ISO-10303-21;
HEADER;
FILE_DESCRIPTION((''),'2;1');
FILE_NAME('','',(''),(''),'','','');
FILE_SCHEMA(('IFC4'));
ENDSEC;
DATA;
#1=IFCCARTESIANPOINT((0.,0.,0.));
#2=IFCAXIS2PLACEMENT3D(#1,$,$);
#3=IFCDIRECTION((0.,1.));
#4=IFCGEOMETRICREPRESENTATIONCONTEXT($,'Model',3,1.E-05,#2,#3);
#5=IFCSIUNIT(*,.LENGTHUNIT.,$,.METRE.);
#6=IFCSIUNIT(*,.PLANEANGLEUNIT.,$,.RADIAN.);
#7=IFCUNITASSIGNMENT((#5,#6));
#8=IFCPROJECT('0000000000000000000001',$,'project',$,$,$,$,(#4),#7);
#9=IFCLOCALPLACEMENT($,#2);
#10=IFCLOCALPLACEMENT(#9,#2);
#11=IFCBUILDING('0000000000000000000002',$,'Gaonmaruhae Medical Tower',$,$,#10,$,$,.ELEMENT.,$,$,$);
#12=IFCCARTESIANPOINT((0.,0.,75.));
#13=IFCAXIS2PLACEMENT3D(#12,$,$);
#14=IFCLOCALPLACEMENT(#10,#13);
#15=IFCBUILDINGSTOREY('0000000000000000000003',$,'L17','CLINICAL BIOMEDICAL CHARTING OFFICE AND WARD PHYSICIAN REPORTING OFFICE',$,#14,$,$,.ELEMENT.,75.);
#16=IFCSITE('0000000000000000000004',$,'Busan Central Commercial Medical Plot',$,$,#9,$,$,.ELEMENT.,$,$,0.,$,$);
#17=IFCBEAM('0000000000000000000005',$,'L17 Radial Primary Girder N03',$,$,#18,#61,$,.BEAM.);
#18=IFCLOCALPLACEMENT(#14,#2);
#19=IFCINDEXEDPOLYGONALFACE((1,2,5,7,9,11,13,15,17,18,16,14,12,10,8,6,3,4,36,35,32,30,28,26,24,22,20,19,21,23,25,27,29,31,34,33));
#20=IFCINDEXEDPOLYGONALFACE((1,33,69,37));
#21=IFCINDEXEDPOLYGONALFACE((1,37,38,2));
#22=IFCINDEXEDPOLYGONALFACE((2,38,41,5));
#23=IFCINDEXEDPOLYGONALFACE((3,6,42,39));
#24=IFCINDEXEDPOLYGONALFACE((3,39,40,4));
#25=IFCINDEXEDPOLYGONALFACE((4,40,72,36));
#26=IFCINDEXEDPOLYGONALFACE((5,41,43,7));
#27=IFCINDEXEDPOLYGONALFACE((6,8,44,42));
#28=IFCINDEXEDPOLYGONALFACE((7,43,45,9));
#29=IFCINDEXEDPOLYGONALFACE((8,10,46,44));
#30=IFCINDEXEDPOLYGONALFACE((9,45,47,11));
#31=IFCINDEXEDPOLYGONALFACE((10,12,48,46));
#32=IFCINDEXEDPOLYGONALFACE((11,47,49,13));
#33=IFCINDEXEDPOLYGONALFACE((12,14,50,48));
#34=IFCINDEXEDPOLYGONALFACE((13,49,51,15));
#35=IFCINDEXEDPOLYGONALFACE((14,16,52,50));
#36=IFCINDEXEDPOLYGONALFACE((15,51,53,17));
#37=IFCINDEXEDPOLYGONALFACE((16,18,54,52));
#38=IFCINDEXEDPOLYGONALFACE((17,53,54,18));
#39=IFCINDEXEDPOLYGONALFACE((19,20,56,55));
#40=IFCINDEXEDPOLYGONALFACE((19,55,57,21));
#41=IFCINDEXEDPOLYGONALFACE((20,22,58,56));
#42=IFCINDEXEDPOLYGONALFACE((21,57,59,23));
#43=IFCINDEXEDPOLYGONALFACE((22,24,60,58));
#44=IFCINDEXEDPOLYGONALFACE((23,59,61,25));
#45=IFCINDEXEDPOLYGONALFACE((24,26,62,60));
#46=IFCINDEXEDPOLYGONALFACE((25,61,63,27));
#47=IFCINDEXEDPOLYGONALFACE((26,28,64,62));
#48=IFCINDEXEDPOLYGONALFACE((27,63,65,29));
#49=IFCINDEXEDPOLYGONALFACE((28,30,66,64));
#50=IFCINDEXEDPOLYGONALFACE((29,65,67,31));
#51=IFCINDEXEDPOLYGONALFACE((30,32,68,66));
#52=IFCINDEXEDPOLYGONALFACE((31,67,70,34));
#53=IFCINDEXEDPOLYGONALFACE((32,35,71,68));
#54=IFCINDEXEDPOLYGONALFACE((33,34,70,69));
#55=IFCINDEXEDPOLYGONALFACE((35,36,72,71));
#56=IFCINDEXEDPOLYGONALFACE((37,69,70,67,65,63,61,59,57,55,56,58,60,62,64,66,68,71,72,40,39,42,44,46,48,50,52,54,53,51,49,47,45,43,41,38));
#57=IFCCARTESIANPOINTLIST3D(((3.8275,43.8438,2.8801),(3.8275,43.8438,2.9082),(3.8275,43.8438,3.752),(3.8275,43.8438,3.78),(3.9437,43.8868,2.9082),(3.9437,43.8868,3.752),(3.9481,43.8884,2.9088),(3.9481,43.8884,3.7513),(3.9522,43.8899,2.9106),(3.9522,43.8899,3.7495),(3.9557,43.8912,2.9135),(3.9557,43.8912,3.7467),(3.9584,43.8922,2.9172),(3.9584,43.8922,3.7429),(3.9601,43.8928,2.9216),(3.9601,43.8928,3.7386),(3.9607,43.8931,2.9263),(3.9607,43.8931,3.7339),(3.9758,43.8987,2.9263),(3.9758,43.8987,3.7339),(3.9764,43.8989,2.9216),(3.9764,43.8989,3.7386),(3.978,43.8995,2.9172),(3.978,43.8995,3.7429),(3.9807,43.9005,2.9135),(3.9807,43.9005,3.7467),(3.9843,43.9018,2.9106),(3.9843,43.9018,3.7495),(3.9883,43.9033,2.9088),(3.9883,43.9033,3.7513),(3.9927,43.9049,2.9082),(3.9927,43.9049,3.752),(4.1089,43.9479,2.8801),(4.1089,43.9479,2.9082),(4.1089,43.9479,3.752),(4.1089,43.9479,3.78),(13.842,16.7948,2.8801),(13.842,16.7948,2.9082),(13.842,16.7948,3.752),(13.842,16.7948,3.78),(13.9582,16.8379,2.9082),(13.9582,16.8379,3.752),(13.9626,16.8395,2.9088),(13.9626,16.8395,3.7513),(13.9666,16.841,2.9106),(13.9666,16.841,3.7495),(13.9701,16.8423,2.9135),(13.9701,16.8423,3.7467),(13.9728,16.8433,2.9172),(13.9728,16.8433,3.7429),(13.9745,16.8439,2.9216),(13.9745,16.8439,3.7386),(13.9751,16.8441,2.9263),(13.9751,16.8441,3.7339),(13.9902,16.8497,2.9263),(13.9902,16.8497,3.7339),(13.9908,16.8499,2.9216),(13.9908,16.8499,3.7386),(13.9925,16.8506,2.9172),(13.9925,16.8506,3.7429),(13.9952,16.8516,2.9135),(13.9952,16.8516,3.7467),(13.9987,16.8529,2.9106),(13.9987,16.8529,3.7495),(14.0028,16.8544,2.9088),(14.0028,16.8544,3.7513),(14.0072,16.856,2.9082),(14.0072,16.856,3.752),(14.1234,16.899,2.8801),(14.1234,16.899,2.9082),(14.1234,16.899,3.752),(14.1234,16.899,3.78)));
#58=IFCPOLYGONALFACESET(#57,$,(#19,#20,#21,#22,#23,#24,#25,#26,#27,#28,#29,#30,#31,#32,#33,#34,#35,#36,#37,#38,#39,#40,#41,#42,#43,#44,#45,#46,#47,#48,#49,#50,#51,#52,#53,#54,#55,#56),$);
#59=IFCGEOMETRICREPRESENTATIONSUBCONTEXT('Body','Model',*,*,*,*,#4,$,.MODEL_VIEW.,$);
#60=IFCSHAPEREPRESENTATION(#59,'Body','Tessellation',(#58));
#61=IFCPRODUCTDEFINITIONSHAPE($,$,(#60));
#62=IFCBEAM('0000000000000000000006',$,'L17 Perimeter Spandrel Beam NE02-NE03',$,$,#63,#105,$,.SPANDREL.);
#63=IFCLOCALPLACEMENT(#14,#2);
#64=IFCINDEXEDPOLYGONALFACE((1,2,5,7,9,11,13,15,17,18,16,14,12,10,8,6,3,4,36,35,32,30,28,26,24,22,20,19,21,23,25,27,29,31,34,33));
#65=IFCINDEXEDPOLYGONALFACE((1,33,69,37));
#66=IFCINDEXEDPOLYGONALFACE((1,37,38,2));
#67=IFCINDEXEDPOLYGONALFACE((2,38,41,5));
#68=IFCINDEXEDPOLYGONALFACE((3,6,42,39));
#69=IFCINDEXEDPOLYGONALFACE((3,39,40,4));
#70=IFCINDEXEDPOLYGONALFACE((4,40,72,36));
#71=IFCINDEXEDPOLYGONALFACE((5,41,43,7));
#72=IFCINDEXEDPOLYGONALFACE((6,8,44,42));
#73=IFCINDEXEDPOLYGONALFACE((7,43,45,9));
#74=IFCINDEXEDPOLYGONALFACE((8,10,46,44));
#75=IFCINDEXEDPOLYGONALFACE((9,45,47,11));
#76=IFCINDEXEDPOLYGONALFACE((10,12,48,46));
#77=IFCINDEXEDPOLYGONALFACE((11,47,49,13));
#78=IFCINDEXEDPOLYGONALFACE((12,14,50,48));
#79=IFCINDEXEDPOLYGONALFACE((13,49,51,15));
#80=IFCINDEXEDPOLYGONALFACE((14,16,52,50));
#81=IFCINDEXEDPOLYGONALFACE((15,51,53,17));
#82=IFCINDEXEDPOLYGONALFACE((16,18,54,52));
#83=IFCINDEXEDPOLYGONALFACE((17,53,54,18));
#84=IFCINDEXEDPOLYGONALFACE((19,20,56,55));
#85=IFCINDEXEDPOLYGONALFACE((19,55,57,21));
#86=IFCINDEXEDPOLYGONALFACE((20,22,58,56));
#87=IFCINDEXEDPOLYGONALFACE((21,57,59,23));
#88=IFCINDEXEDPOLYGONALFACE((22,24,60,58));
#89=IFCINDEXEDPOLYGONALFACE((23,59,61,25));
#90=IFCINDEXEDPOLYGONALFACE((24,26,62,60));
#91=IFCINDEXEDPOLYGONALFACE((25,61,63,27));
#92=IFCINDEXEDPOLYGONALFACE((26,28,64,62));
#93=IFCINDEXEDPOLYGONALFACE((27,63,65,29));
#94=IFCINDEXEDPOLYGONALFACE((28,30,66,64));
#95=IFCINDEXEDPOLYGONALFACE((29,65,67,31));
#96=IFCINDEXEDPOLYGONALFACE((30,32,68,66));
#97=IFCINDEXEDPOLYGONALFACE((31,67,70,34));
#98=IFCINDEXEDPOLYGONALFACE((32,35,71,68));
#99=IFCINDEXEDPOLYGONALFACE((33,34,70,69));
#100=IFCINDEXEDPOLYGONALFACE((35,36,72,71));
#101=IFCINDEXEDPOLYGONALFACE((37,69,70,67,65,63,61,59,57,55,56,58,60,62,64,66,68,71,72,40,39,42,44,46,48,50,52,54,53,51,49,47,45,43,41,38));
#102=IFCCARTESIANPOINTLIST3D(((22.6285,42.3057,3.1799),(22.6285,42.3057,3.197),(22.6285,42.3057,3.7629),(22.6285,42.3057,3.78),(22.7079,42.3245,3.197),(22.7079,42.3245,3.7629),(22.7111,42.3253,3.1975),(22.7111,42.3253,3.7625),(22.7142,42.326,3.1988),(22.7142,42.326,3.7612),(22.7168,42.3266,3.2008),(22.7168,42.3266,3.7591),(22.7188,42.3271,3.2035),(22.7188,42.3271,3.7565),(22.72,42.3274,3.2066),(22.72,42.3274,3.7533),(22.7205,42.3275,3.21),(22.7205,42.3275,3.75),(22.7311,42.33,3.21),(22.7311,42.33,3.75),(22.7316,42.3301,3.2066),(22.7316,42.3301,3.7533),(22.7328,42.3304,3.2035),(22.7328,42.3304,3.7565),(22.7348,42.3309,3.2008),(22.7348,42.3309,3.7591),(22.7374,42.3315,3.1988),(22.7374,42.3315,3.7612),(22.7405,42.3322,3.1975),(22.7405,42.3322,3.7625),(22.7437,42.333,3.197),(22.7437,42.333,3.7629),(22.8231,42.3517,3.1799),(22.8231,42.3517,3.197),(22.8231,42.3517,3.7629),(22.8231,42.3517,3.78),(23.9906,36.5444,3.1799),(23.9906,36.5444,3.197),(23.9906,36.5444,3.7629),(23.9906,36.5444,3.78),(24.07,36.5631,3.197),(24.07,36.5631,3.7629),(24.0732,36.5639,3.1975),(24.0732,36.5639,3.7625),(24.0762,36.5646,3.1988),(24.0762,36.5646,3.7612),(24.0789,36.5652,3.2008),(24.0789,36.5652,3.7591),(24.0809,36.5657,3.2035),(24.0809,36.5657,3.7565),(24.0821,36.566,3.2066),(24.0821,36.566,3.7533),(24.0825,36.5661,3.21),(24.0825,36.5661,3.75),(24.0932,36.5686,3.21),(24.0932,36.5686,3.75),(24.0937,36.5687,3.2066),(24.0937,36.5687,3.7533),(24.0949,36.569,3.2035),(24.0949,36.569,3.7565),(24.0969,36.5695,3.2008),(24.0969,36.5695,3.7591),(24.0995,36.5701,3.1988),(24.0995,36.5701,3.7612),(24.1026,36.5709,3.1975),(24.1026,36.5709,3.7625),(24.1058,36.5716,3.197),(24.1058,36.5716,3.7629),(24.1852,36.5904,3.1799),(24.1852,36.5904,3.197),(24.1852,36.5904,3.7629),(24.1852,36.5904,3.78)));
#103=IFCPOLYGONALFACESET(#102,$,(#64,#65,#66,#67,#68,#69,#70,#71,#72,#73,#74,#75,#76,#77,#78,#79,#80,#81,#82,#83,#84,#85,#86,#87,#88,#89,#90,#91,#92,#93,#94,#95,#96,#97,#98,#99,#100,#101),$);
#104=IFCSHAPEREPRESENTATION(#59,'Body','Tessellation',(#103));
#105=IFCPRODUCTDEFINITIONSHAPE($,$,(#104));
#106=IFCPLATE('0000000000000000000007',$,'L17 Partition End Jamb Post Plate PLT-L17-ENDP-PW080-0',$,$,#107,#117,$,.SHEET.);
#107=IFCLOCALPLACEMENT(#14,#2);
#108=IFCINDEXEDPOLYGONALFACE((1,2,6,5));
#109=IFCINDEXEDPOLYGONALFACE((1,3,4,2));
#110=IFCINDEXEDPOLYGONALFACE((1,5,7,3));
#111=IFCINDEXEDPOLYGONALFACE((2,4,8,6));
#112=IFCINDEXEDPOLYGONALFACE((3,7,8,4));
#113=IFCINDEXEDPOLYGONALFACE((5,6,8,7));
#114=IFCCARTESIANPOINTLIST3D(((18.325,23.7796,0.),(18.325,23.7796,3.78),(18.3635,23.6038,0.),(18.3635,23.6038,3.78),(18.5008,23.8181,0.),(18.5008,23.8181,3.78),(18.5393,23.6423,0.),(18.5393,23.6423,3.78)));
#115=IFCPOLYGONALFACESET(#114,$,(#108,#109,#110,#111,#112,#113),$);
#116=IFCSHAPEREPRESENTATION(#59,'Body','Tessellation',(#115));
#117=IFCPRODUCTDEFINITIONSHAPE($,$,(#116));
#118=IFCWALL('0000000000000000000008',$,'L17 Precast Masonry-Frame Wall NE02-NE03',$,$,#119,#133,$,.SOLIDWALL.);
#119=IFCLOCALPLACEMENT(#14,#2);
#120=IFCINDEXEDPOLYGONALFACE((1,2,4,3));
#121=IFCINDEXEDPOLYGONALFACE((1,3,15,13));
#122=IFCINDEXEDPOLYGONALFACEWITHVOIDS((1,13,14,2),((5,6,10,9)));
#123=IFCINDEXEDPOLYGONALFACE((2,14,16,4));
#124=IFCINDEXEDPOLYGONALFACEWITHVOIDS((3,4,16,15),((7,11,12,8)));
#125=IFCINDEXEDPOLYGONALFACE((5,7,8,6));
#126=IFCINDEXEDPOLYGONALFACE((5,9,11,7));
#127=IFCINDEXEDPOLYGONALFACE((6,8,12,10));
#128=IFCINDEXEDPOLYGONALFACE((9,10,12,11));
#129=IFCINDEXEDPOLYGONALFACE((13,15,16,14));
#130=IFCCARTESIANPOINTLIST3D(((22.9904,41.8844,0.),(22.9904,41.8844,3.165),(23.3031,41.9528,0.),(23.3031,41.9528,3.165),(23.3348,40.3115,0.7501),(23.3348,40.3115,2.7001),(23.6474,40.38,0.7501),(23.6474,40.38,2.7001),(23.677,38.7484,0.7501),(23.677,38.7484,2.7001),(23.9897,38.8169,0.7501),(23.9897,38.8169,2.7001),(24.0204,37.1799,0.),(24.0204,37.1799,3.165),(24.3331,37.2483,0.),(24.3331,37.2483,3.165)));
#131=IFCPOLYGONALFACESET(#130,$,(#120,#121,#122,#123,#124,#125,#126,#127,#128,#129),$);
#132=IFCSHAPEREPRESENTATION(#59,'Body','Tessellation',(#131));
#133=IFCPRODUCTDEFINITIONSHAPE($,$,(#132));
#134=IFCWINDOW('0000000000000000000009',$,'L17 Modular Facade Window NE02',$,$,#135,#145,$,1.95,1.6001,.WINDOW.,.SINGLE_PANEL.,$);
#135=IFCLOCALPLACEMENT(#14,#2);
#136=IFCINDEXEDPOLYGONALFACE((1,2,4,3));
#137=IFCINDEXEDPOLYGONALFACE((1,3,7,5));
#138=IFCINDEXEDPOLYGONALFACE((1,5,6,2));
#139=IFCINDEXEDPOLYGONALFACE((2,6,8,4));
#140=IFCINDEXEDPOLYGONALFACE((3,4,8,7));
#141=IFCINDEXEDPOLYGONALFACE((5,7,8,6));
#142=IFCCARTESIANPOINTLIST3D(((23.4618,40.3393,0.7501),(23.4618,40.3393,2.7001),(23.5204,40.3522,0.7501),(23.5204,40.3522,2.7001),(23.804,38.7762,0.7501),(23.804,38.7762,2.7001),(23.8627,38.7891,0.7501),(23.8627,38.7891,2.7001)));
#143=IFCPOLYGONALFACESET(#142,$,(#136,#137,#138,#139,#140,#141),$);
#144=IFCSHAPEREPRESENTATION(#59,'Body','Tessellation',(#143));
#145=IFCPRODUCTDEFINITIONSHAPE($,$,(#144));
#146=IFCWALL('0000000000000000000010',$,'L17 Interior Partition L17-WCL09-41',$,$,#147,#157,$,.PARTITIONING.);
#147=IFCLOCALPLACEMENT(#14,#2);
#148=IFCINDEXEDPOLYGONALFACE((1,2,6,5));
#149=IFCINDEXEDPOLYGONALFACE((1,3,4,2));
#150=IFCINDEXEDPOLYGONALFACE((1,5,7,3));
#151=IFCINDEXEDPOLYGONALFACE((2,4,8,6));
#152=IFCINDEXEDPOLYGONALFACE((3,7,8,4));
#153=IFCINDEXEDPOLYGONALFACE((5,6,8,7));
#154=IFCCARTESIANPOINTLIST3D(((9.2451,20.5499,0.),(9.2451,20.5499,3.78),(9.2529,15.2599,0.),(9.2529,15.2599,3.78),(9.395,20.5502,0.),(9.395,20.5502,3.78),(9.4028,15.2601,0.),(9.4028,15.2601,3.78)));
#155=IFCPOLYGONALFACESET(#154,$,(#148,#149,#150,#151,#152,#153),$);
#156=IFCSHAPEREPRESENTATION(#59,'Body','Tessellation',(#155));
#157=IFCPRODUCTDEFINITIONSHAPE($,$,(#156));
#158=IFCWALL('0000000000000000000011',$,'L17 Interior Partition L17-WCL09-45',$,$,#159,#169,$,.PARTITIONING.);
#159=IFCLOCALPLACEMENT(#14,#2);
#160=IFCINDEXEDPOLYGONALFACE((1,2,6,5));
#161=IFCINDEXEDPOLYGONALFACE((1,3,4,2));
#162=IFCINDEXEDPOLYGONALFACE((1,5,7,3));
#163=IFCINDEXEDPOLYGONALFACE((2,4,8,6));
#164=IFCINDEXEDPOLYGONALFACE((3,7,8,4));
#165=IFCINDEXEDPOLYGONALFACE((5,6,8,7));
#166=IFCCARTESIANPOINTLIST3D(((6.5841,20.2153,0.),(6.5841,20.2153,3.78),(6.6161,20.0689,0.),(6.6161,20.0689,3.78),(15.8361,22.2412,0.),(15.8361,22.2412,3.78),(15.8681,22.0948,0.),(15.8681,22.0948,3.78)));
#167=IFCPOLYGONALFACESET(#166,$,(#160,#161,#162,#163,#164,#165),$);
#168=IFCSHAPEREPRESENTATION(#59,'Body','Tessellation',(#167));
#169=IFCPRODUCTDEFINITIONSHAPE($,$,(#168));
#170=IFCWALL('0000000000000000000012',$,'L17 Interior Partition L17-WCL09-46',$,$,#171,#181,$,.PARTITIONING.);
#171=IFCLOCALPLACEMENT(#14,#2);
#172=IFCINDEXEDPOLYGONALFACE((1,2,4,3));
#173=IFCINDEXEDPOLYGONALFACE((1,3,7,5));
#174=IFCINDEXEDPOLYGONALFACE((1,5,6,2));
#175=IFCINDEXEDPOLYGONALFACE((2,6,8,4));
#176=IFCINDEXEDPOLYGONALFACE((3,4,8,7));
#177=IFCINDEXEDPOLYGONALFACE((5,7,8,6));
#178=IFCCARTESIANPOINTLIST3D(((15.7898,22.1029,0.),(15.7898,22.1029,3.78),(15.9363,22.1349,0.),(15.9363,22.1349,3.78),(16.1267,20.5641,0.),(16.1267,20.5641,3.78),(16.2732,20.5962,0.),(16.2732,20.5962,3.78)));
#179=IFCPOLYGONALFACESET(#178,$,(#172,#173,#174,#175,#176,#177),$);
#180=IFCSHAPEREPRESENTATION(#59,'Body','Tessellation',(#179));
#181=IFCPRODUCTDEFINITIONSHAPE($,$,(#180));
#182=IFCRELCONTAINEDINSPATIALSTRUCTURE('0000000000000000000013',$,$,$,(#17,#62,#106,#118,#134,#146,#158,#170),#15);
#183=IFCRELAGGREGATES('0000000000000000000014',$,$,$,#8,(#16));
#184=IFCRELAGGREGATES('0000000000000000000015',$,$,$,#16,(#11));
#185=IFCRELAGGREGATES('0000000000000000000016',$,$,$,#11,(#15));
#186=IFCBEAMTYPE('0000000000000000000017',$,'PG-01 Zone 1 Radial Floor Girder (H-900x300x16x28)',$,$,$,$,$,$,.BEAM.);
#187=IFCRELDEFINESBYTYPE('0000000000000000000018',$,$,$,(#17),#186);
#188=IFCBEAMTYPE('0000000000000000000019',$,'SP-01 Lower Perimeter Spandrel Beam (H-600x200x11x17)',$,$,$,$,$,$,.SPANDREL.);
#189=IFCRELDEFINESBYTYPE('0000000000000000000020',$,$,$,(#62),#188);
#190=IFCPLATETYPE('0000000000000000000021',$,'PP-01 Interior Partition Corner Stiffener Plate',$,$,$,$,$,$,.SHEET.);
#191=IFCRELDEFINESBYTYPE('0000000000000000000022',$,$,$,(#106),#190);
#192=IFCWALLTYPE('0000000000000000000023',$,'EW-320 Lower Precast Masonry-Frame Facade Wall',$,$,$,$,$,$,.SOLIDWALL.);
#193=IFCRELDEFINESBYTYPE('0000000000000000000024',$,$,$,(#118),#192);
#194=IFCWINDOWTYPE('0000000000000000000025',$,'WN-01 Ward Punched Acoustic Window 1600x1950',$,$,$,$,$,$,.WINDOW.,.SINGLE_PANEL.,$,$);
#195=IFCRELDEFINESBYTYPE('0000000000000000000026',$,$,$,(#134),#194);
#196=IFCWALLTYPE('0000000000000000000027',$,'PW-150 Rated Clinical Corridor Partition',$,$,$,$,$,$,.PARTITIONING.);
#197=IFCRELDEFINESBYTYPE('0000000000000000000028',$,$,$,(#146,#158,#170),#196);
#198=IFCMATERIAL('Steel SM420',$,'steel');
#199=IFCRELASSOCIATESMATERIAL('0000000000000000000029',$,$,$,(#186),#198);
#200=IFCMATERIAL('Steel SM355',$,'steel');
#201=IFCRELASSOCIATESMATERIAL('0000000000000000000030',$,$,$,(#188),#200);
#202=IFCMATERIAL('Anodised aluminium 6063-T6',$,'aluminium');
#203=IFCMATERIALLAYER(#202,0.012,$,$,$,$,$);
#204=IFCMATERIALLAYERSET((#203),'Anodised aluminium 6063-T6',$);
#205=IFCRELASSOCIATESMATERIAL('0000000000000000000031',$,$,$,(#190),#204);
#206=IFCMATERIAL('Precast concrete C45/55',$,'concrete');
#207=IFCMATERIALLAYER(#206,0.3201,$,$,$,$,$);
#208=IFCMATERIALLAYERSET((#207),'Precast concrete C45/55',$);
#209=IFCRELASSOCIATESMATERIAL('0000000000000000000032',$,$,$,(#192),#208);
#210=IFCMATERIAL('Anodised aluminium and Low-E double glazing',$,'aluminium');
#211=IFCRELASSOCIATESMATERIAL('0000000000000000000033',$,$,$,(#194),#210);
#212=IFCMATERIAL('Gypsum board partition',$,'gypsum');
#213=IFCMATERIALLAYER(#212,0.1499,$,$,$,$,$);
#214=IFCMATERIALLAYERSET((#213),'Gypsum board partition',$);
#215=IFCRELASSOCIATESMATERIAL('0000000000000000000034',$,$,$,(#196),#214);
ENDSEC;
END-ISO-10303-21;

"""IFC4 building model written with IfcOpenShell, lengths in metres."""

from ifc_helpers import new_model, si_unit, direction, frame, frame_2d, origin, origin_2d, place, context, subcontext, project, spatial, rectangle, i_section, extrude, material, layer, layer_set, material_profile, profile_set, type_object, element, fill, save


model = new_model("IFC4")

# Units and contexts
model_context = context("Model", 3, precision=1e-05, world=origin(), true_north=direction((0.0, 1.0)))
body_context = subcontext(model_context, "Body", "Model", "MODEL_VIEW")
ifc_project = project(units=[si_unit("LENGTHUNIT", "METRE"), si_unit("PLANEANGLEUNIT", "RADIAN")], contexts=[model_context])

# Site, building, storey
site_placement = place(None, origin())
site = spatial("IfcSite", under=ifc_project, at=site_placement, Name="Busan Central Commercial Medical Plot", CompositionType="ELEMENT", RefElevation=0.0)
building_placement = place(site_placement, origin())
building = spatial("IfcBuilding", under=site, at=building_placement, Name="Gaonmaruhae Medical Tower", CompositionType="ELEMENT")
storey_placement = place(building_placement, frame((0.0, 0.0, 75.0)))
storey = spatial("IfcBuildingStorey", under=building, at=storey_placement, Name="L17", Description="CLINICAL BIOMEDICAL CHARTING OFFICE AND WARD PHYSICIAN REPORTING OFFICE", CompositionType="ELEMENT", Elevation=75.0)

# Beams
ifc_material_1 = material(Name="Steel SM355", Category="steel")
ifc_material_2 = material(Name="Steel SM420", Category="steel")
ifc_material_profile_1 = material_profile(ifc_material_2, i_section(OverallWidth=0.3, OverallDepth=0.8999, WebThickness=0.0161, FlangeThickness=0.0281, FilletRadius=0.0181, at=origin_2d()), Name="H-900x300x16x28")
ifc_profile_set_1 = profile_set([ifc_material_profile_1], Name="Steel SM420")
beam_type_1 = type_object("IfcBeamType", Name="PG-01 Zone 1 Radial Floor Girder (H-900x300x16x28)", PredefinedType="BEAM", material=ifc_profile_set_1)
beam_1_placement = place(storey_placement, frame((13.9827, 16.8469, 3.3301), z_axis=(-0.347202, 0.93779, 0.0), x_axis=(-0.93779, -0.347202, 0.0)))
element("IfcBeam", 1, at=beam_1_placement, inside=storey, type_object=beam_type_1, Name="L17 Radial Primary Girder N03", PredefinedType="BEAM", context=body_context, shape_type="SweptSolid", body=[
    extrude(i_section(OverallWidth=0.3, OverallDepth=0.8999, WebThickness=0.0161, FlangeThickness=0.0281, FilletRadius=0.0181, at=origin_2d()), origin(), (0.0, 0.0, 1.0), 28.8433),
])
ifc_material_profile_2 = material_profile(ifc_material_1, i_section(OverallWidth=0.2, OverallDepth=0.6001, WebThickness=0.011, FlangeThickness=0.0171, FilletRadius=0.0129, at=origin_2d()), Name="H-600x200x11x17")
ifc_profile_set_2 = profile_set([ifc_material_profile_2], Name="Steel SM355")
beam_type_2 = type_object("IfcBeamType", Name="SP-01 Lower Perimeter Spandrel Beam (H-600x200x11x17)", PredefinedType="SPANDREL", material=ifc_profile_set_2)
beam_2_placement = place(storey_placement, frame((24.0879, 36.5674, 3.48), z_axis=(-0.230076, 0.973173, 0.0), x_axis=(-0.973173, -0.230076, 0.0)))
element("IfcBeam", 2, at=beam_2_placement, inside=storey, type_object=beam_type_2, Name="L17 Perimeter Spandrel Beam NE02-NE03", PredefinedType="SPANDREL", context=body_context, shape_type="SweptSolid", body=[
    extrude(i_section(OverallWidth=0.2, OverallDepth=0.6001, WebThickness=0.011, FlangeThickness=0.0171, FilletRadius=0.0129, at=origin_2d()), origin(), (0.0, 0.0, 1.0), 5.9202),
])

# Plate
ifc_material_3 = material(Name="Anodised aluminium 6063-T6", Category="aluminium")
ifc_layer_1 = layer(ifc_material_3, 0.012)
ifc_layer_set_1 = layer_set([ifc_layer_1], Name="Anodised aluminium 6063-T6")
plate_type = type_object("IfcPlateType", Name="PP-01 Interior Partition Corner Stiffener Plate", PredefinedType="SHEET", material=ifc_layer_set_1)
plate_placement = place(storey_placement, frame((18.4321, 23.7109, 0.0), z_axis=(0.0, 0.0, 1.0), x_axis=(-0.213849, 0.976867, 0.0)))
element("IfcPlate", 3, at=plate_placement, inside=storey, type_object=plate_type, Name="L17 Partition End Jamb Post Plate PLT-L17-ENDP-PW080-0", PredefinedType="SHEET", context=body_context, shape_type="SweptSolid", body=[
    extrude(rectangle(XDim=0.1799, YDim=0.1799, at=origin_2d()), origin(), (0.0, 0.0, 1.0), 3.78),
])

# Wall, opening, window
ifc_material_4 = material(Name="Precast concrete C45/55", Category="concrete")
ifc_layer_2 = layer(ifc_material_4, 0.3201)
ifc_layer_set_2 = layer_set([ifc_layer_2], Name="Precast concrete C45/55")
wall_type_1 = type_object("IfcWallType", Name="EW-320 Lower Precast Masonry-Frame Facade Wall", PredefinedType="SOLIDWALL", material=ifc_layer_set_2)
wall_1_placement = place(storey_placement, frame((24.1768, 37.2141, 0.0), z_axis=(0.0, 0.0, 1.0), x_axis=(-0.213875, 0.976861, 0.0)))
wall_1 = element("IfcWall", 4, at=wall_1_placement, inside=storey, type_object=wall_type_1, Name="L17 Precast Masonry-Frame Wall NE02-NE03", PredefinedType="SOLIDWALL", context=body_context, shape_type="SweptSolid", body=[
    extrude(rectangle(XDim=4.8159, YDim=0.3201, at=frame_2d((2.408, 0.0))), origin(), (0.0, 0.0, 1.0), 3.165),
])
opening_1_placement = place(wall_1_placement, frame((1.6057, 0.0, 0.75)))
opening_1 = element("IfcOpeningElement", 5, at=opening_1_placement, cuts=wall_1, PredefinedType="OPENING", context=body_context, shape_type="SweptSolid", body=[
    extrude(rectangle(XDim=1.6001, YDim=1.95, at=frame_2d((0.8, 0.9751))), frame((0.0, 0.1699, 0.0), z_axis=(0.0, -1.0, 0.0), x_axis=(1.0, 0.0, 0.0)), (0.0, 0.0, 1.0), 0.3401),
])
ifc_material_5 = material(Name="Anodised aluminium and Low-E double glazing", Category="aluminium")
window_type = type_object("IfcWindowType", Name="WN-01 Ward Punched Acoustic Window 1600x1950", PartitioningType="SINGLE_PANEL", PredefinedType="WINDOW", material=ifc_material_5)
window_placement = place(opening_1_placement, origin())
window = element("IfcWindow", 6, at=window_placement, inside=storey, type_object=window_type, Name="L17 Modular Facade Window NE02", OverallHeight=1.95, OverallWidth=1.6001, PartitioningType="SINGLE_PANEL", PredefinedType="WINDOW", context=body_context, shape_type="SweptSolid", body=[
    extrude(rectangle(XDim=1.6001, YDim=1.95, at=frame_2d((0.8, 0.9751))), frame((0.0, 0.03, 0.0), z_axis=(0.0, -1.0, 0.0), x_axis=(1.0, 0.0, 0.0)), (0.0, 0.0, 1.0), 0.0601),
])
fill(opening_1, window)

# Walls
ifc_material_6 = material(Name="Gypsum board partition", Category="gypsum")
ifc_layer_3 = layer(ifc_material_6, 0.1499)
ifc_layer_set_3 = layer_set([ifc_layer_3], Name="Gypsum board partition")
wall_type_2 = type_object("IfcWallType", Name="PW-150 Rated Clinical Corridor Partition", PredefinedType="PARTITIONING", material=ifc_layer_set_3)
wall_2_placement = place(storey_placement, frame((9.3201, 20.55, 0.0), z_axis=(0.0, 0.0, 1.0), x_axis=(0.001477, -0.999999, 0.0)))
element("IfcWall", 7, at=wall_2_placement, inside=storey, type_object=wall_type_2, Name="L17 Interior Partition L17-WCL09-41", PredefinedType="PARTITIONING", context=body_context, shape_type="SweptSolid", body=[
    extrude(rectangle(XDim=5.29, YDim=0.1499, at=frame_2d((2.645, 0.0))), origin(), (0.0, 0.0, 1.0), 3.78),
])
wall_3_placement = place(storey_placement, frame((6.6001, 20.1421, 0.0), z_axis=(0.0, 0.0, 1.0), x_axis=(0.976856, 0.2139, 0.0)))
element("IfcWall", 8, at=wall_3_placement, inside=storey, type_object=wall_type_2, Name="L17 Interior Partition L17-WCL09-45", PredefinedType="PARTITIONING", context=body_context, shape_type="SweptSolid", body=[
    extrude(rectangle(XDim=9.4712, YDim=0.1499, at=frame_2d((4.7356, 0.0))), origin(), (0.0, 0.0, 1.0), 3.78),
])
wall_4_placement = place(storey_placement, frame((15.863, 22.1189, 0.0), z_axis=(0.0, 0.0, 1.0), x_axis=(0.213877, -0.976861, 0.0)))
element("IfcWall", 9, at=wall_4_placement, inside=storey, type_object=wall_type_2, Name="L17 Interior Partition L17-WCL09-46", PredefinedType="PARTITIONING", context=body_context, shape_type="SweptSolid", body=[
    extrude(rectangle(XDim=1.5752, YDim=0.1499, at=frame_2d((0.7876, 0.0))), origin(), (0.0, 0.0, 1.0), 3.78),
])

save(model, "model.ifc")
